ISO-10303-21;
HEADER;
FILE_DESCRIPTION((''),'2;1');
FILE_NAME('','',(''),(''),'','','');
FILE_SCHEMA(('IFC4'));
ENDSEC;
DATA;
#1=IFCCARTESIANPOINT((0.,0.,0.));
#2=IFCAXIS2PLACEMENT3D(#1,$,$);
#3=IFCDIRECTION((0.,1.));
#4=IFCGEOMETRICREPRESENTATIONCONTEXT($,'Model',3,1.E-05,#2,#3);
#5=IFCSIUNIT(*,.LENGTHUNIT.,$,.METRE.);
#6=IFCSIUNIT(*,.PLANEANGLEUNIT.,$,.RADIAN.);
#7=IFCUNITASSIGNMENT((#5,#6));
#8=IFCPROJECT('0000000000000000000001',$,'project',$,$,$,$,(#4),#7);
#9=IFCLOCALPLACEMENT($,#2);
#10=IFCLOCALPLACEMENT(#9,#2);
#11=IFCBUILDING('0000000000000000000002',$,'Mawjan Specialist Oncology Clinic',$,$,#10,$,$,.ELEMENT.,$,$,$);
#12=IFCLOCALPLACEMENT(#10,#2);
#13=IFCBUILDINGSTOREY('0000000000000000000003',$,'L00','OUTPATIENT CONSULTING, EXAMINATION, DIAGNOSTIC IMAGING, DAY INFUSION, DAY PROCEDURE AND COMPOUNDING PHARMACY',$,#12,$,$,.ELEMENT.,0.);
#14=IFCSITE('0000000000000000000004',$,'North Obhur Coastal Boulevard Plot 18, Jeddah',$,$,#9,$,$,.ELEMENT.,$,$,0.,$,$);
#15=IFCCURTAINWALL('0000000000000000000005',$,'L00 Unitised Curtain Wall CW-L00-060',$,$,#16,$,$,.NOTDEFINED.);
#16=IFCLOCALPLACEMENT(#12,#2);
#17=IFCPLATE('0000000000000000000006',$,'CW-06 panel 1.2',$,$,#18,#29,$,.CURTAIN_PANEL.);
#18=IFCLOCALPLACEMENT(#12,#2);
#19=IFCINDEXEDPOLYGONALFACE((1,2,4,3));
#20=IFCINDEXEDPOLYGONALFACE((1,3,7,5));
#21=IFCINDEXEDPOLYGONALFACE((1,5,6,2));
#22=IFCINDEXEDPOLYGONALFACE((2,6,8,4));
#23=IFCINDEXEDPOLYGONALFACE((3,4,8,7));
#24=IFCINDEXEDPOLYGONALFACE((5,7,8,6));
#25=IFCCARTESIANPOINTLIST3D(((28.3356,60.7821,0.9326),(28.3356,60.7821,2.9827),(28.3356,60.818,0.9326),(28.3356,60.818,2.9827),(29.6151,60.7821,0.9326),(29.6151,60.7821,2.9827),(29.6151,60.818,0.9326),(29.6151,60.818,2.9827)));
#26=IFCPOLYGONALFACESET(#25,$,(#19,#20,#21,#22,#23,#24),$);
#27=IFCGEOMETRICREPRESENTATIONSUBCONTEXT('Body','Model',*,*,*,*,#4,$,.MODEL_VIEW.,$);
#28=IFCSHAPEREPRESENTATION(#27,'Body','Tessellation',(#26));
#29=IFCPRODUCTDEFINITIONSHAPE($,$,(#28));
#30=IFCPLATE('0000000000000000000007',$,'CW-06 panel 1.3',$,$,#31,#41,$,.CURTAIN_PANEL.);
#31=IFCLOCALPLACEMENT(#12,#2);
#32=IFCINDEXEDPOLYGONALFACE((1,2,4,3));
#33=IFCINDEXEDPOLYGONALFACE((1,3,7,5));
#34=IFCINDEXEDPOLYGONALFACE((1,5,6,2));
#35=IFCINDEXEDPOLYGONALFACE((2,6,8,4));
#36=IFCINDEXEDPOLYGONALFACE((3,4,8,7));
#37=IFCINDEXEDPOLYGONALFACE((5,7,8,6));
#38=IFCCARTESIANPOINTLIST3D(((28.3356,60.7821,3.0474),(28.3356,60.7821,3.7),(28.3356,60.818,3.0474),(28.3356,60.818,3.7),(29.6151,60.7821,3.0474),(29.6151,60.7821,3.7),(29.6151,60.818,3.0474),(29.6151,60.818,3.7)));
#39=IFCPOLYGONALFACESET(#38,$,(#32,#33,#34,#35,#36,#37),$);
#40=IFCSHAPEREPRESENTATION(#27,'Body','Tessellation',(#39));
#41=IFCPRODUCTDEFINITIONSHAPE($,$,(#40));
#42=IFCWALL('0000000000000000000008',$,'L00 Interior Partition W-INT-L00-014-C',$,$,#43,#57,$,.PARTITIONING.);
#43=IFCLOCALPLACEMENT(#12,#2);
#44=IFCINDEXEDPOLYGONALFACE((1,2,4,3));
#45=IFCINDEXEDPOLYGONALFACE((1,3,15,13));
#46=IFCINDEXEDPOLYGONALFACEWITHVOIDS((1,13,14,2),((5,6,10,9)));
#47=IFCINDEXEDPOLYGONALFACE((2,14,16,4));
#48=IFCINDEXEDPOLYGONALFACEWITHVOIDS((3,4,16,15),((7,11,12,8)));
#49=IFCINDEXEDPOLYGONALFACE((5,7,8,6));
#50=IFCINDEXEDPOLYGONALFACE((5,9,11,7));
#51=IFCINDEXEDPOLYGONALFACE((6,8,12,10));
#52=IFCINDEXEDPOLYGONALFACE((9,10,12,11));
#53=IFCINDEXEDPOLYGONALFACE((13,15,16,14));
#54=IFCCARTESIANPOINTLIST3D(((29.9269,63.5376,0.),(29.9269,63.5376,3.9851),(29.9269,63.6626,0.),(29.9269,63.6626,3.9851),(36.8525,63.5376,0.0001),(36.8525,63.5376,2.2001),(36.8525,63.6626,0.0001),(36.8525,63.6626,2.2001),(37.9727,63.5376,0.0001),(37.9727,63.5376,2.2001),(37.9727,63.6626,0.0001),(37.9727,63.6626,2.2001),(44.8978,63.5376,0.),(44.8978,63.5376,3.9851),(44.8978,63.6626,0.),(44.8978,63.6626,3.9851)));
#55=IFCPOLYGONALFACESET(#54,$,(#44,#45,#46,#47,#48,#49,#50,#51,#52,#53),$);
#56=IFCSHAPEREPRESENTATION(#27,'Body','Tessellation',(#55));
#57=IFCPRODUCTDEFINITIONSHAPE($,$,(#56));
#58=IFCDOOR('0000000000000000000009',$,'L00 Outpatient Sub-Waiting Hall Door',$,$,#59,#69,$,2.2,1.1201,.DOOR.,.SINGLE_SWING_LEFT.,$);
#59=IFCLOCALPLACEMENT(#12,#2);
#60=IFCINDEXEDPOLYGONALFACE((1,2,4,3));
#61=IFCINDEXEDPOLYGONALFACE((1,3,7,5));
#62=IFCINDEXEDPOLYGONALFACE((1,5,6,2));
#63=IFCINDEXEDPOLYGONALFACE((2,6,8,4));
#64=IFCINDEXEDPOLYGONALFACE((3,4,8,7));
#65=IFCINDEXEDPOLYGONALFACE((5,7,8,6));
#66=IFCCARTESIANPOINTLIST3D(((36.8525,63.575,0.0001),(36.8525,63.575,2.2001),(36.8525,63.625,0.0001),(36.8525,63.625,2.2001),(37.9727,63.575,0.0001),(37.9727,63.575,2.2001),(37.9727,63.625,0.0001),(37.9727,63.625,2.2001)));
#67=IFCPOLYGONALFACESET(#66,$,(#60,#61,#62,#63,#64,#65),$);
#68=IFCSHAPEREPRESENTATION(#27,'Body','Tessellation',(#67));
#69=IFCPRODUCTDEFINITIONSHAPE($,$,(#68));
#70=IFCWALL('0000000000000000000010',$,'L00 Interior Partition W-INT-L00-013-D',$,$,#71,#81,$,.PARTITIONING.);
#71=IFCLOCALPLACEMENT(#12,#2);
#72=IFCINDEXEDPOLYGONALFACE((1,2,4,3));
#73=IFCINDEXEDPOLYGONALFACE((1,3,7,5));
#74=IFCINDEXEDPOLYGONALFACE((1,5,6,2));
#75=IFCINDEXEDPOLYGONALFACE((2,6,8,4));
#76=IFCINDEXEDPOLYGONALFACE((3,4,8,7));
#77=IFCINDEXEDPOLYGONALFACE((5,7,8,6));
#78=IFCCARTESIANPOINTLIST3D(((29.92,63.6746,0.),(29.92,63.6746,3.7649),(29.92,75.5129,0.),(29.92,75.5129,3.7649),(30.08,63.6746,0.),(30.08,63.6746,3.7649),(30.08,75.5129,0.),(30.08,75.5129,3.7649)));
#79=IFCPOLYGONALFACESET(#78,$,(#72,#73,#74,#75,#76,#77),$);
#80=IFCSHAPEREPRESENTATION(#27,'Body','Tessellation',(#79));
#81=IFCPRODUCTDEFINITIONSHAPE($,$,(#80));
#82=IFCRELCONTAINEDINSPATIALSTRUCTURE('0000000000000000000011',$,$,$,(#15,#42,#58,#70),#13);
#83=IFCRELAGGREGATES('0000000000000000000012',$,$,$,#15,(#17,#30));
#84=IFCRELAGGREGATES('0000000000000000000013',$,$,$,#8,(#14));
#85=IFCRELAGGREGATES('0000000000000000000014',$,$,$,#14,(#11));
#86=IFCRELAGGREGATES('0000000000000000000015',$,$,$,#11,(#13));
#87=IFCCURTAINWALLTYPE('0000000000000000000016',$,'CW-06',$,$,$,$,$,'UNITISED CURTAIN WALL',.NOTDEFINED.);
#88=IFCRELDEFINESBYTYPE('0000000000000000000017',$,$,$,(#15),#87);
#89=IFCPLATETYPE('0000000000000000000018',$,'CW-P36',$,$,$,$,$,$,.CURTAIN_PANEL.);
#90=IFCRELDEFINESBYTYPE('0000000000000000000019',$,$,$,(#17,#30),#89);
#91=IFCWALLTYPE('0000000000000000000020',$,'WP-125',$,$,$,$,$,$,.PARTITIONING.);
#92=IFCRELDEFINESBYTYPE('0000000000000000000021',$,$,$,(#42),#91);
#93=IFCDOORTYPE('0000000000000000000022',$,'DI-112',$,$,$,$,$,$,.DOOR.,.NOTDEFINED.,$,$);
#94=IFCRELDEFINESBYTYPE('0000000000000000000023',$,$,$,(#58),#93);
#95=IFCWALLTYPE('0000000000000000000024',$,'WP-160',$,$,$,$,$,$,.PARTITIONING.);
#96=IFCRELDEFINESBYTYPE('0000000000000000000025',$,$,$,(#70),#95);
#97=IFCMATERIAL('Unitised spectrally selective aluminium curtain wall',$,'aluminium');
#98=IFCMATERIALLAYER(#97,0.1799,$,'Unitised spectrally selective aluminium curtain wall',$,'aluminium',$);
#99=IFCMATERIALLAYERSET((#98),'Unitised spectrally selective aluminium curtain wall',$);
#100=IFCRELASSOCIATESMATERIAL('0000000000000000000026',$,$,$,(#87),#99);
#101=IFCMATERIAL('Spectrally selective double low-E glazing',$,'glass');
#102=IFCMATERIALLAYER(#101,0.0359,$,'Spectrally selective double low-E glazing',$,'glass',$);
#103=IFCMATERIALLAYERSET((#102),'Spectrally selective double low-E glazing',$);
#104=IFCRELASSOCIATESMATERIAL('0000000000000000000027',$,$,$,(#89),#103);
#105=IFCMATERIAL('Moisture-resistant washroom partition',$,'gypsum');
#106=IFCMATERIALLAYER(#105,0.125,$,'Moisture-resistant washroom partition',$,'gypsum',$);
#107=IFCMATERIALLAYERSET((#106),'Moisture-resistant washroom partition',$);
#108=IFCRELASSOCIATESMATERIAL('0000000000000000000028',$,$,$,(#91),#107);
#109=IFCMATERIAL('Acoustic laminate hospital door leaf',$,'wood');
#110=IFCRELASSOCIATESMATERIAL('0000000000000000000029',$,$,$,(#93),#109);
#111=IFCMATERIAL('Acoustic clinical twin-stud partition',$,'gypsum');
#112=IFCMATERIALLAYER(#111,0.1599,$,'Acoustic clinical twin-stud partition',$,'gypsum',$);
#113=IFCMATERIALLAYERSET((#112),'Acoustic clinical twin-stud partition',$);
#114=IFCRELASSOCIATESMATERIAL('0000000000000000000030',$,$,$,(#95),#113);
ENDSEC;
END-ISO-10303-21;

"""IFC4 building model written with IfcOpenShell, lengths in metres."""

from ifc_helpers import new_model, si_unit, direction, frame, frame_2d, origin, origin_2d, place, context, subcontext, project, spatial, rectangle, extrude, material, layer, layer_set, type_object, element, fill, aggregate, save


model = new_model("IFC4")

# Units and contexts
model_context = context("Model", 3, precision=1e-05, world=origin(), true_north=direction((0.0, 1.0)))
body_context = subcontext(model_context, "Body", "Model", "MODEL_VIEW")
ifc_project = project(units=[si_unit("LENGTHUNIT", "METRE"), si_unit("PLANEANGLEUNIT", "RADIAN")], contexts=[model_context])

# Site, building, storey
site_placement = place(None, origin())
site = spatial("IfcSite", under=ifc_project, at=site_placement, Name="North Obhur Coastal Boulevard Plot 18, Jeddah", CompositionType="ELEMENT", RefElevation=0.0)
building_placement = place(site_placement, origin())
building = spatial("IfcBuilding", under=site, at=building_placement, Name="Mawjan Specialist Oncology Clinic", CompositionType="ELEMENT")
storey_placement = place(building_placement, origin())
storey = spatial("IfcBuildingStorey", under=building, at=storey_placement, Name="L00", Description="OUTPATIENT CONSULTING, EXAMINATION, DIAGNOSTIC IMAGING, DAY INFUSION, DAY PROCEDURE AND COMPOUNDING PHARMACY", CompositionType="ELEMENT", Elevation=0.0)

# Curtain wall, plates
ifc_material_1 = material(Name="Unitised spectrally selective aluminium curtain wall", Category="aluminium")
ifc_layer_1 = layer(ifc_material_1, 0.1799, Name="Unitised spectrally selective aluminium curtain wall", Category="aluminium")
ifc_layer_set_1 = layer_set([ifc_layer_1], Name="Unitised spectrally selective aluminium curtain wall")
curtain_wall_type = type_object("IfcCurtainWallType", Name="CW-06", ElementType="UNITISED CURTAIN WALL", PredefinedType="NOTDEFINED", material=ifc_layer_set_1)
curtain_wall_placement = place(storey_placement, origin())
curtain_wall = element("IfcCurtainWall", 1, at=curtain_wall_placement, inside=storey, type_object=curtain_wall_type, Name="L00 Unitised Curtain Wall CW-L00-060", PredefinedType="NOTDEFINED")
ifc_material_2 = material(Name="Spectrally selective double low-E glazing", Category="glass")
ifc_layer_2 = layer(ifc_material_2, 0.0359, Name="Spectrally selective double low-E glazing", Category="glass")
ifc_layer_set_2 = layer_set([ifc_layer_2], Name="Spectrally selective double low-E glazing")
plate_type = type_object("IfcPlateType", Name="CW-P36", PredefinedType="CURTAIN_PANEL", material=ifc_layer_set_2)
plate_1_placement = place(storey_placement, frame((28.9753, 60.8, 0.9326), z_axis=(0.0, 0.0, 1.0), x_axis=(-1.0, 0.0, 0.0)))
plate_1 = element("IfcPlate", 2, at=plate_1_placement, type_object=plate_type, Name="CW-06 panel 1.2", PredefinedType="CURTAIN_PANEL", context=body_context, shape_type="SweptSolid", body=[
    extrude(rectangle(XDim=1.2795, YDim=0.0359, at=origin_2d()), origin(), (0.0, 0.0, 1.0), 2.05),
])
plate_2_placement = place(storey_placement, frame((28.9753, 60.8, 3.0474), z_axis=(0.0, 0.0, 1.0), x_axis=(-1.0, 0.0, 0.0)))
plate_2 = element("IfcPlate", 3, at=plate_2_placement, type_object=plate_type, Name="CW-06 panel 1.3", PredefinedType="CURTAIN_PANEL", context=body_context, shape_type="SweptSolid", body=[
    extrude(rectangle(XDim=1.2795, YDim=0.0359, at=origin_2d()), origin(), (0.0, 0.0, 1.0), 0.6526),
])
aggregate(curtain_wall, [plate_1, plate_2])

# Wall, opening, door
ifc_material_3 = material(Name="Moisture-resistant washroom partition", Category="gypsum")
ifc_layer_3 = layer(ifc_material_3, 0.125, Name="Moisture-resistant washroom partition", Category="gypsum")
ifc_layer_set_3 = layer_set([ifc_layer_3], Name="Moisture-resistant washroom partition")
wall_type_1 = type_object("IfcWallType", Name="WP-125", PredefinedType="PARTITIONING", material=ifc_layer_set_3)
wall_1_placement = place(storey_placement, frame((29.927, 63.6001, 0.0), z_axis=(0.0, 0.0, 1.0), x_axis=(1.0, 0.0, 0.0)))
wall_1 = element("IfcWall", 4, at=wall_1_placement, inside=storey, type_object=wall_type_1, Name="L00 Interior Partition W-INT-L00-014-C", PredefinedType="PARTITIONING", context=body_context, shape_type="SweptSolid", body=[
    extrude(rectangle(XDim=14.9709, YDim=0.125, at=frame_2d((7.4854, 0.0))), origin(), (0.0, 0.0, 1.0), 3.9851),
])
opening_placement = place(wall_1_placement, frame((6.9255, 0.0, 0.0)))
opening = element("IfcOpeningElement", 5, at=opening_placement, cuts=wall_1, PredefinedType="OPENING", context=body_context, shape_type="SweptSolid", body=[
    extrude(rectangle(XDim=1.1201, YDim=2.2, at=frame_2d((0.5601, 1.1001))), frame((0.0, 0.0745, 0.0), z_axis=(0.0, -1.0, 0.0), x_axis=(1.0, 0.0, 0.0)), (0.0, 0.0, 1.0), 0.1489),
])
ifc_material_4 = material(Name="Acoustic laminate hospital door leaf", Category="wood")
door_type = type_object("IfcDoorType", Name="DI-112", OperationType="NOTDEFINED", PredefinedType="DOOR", material=ifc_material_4)
door_placement = place(opening_placement, origin())
door = element("IfcDoor", 6, at=door_placement, inside=storey, type_object=door_type, Name="L00 Outpatient Sub-Waiting Hall Door", OperationType="SINGLE_SWING_LEFT", OverallHeight=2.2, OverallWidth=1.1201, PredefinedType="DOOR", context=body_context, shape_type="SweptSolid", body=[
    extrude(rectangle(XDim=1.1201, YDim=2.2, at=frame_2d((0.5601, 1.1001))), frame((0.0, 0.0249, 0.0), z_axis=(0.0, -1.0, 0.0), x_axis=(1.0, 0.0, 0.0)), (0.0, 0.0, 1.0), 0.05),
])
fill(opening, door)

# Wall
ifc_material_5 = material(Name="Acoustic clinical twin-stud partition", Category="gypsum")
ifc_layer_4 = layer(ifc_material_5, 0.1599, Name="Acoustic clinical twin-stud partition", Category="gypsum")
ifc_layer_set_4 = layer_set([ifc_layer_4], Name="Acoustic clinical twin-stud partition")
wall_type_2 = type_object("IfcWallType", Name="WP-160", PredefinedType="PARTITIONING", material=ifc_layer_set_4)
wall_2_placement = place(storey_placement, frame((30.0, 63.6746, 0.0), z_axis=(0.0, 0.0, 1.0), x_axis=(0.0, 1.0, 0.0)))
element("IfcWall", 7, at=wall_2_placement, inside=storey, type_object=wall_type_2, Name="L00 Interior Partition W-INT-L00-013-D", PredefinedType="PARTITIONING", context=body_context, shape_type="SweptSolid", body=[
    extrude(rectangle(XDim=11.8384, YDim=0.1599, at=frame_2d((5.9192, 0.0))), origin(), (0.0, 0.0, 1.0), 3.7649),
])

save(model, "model.ifc")
